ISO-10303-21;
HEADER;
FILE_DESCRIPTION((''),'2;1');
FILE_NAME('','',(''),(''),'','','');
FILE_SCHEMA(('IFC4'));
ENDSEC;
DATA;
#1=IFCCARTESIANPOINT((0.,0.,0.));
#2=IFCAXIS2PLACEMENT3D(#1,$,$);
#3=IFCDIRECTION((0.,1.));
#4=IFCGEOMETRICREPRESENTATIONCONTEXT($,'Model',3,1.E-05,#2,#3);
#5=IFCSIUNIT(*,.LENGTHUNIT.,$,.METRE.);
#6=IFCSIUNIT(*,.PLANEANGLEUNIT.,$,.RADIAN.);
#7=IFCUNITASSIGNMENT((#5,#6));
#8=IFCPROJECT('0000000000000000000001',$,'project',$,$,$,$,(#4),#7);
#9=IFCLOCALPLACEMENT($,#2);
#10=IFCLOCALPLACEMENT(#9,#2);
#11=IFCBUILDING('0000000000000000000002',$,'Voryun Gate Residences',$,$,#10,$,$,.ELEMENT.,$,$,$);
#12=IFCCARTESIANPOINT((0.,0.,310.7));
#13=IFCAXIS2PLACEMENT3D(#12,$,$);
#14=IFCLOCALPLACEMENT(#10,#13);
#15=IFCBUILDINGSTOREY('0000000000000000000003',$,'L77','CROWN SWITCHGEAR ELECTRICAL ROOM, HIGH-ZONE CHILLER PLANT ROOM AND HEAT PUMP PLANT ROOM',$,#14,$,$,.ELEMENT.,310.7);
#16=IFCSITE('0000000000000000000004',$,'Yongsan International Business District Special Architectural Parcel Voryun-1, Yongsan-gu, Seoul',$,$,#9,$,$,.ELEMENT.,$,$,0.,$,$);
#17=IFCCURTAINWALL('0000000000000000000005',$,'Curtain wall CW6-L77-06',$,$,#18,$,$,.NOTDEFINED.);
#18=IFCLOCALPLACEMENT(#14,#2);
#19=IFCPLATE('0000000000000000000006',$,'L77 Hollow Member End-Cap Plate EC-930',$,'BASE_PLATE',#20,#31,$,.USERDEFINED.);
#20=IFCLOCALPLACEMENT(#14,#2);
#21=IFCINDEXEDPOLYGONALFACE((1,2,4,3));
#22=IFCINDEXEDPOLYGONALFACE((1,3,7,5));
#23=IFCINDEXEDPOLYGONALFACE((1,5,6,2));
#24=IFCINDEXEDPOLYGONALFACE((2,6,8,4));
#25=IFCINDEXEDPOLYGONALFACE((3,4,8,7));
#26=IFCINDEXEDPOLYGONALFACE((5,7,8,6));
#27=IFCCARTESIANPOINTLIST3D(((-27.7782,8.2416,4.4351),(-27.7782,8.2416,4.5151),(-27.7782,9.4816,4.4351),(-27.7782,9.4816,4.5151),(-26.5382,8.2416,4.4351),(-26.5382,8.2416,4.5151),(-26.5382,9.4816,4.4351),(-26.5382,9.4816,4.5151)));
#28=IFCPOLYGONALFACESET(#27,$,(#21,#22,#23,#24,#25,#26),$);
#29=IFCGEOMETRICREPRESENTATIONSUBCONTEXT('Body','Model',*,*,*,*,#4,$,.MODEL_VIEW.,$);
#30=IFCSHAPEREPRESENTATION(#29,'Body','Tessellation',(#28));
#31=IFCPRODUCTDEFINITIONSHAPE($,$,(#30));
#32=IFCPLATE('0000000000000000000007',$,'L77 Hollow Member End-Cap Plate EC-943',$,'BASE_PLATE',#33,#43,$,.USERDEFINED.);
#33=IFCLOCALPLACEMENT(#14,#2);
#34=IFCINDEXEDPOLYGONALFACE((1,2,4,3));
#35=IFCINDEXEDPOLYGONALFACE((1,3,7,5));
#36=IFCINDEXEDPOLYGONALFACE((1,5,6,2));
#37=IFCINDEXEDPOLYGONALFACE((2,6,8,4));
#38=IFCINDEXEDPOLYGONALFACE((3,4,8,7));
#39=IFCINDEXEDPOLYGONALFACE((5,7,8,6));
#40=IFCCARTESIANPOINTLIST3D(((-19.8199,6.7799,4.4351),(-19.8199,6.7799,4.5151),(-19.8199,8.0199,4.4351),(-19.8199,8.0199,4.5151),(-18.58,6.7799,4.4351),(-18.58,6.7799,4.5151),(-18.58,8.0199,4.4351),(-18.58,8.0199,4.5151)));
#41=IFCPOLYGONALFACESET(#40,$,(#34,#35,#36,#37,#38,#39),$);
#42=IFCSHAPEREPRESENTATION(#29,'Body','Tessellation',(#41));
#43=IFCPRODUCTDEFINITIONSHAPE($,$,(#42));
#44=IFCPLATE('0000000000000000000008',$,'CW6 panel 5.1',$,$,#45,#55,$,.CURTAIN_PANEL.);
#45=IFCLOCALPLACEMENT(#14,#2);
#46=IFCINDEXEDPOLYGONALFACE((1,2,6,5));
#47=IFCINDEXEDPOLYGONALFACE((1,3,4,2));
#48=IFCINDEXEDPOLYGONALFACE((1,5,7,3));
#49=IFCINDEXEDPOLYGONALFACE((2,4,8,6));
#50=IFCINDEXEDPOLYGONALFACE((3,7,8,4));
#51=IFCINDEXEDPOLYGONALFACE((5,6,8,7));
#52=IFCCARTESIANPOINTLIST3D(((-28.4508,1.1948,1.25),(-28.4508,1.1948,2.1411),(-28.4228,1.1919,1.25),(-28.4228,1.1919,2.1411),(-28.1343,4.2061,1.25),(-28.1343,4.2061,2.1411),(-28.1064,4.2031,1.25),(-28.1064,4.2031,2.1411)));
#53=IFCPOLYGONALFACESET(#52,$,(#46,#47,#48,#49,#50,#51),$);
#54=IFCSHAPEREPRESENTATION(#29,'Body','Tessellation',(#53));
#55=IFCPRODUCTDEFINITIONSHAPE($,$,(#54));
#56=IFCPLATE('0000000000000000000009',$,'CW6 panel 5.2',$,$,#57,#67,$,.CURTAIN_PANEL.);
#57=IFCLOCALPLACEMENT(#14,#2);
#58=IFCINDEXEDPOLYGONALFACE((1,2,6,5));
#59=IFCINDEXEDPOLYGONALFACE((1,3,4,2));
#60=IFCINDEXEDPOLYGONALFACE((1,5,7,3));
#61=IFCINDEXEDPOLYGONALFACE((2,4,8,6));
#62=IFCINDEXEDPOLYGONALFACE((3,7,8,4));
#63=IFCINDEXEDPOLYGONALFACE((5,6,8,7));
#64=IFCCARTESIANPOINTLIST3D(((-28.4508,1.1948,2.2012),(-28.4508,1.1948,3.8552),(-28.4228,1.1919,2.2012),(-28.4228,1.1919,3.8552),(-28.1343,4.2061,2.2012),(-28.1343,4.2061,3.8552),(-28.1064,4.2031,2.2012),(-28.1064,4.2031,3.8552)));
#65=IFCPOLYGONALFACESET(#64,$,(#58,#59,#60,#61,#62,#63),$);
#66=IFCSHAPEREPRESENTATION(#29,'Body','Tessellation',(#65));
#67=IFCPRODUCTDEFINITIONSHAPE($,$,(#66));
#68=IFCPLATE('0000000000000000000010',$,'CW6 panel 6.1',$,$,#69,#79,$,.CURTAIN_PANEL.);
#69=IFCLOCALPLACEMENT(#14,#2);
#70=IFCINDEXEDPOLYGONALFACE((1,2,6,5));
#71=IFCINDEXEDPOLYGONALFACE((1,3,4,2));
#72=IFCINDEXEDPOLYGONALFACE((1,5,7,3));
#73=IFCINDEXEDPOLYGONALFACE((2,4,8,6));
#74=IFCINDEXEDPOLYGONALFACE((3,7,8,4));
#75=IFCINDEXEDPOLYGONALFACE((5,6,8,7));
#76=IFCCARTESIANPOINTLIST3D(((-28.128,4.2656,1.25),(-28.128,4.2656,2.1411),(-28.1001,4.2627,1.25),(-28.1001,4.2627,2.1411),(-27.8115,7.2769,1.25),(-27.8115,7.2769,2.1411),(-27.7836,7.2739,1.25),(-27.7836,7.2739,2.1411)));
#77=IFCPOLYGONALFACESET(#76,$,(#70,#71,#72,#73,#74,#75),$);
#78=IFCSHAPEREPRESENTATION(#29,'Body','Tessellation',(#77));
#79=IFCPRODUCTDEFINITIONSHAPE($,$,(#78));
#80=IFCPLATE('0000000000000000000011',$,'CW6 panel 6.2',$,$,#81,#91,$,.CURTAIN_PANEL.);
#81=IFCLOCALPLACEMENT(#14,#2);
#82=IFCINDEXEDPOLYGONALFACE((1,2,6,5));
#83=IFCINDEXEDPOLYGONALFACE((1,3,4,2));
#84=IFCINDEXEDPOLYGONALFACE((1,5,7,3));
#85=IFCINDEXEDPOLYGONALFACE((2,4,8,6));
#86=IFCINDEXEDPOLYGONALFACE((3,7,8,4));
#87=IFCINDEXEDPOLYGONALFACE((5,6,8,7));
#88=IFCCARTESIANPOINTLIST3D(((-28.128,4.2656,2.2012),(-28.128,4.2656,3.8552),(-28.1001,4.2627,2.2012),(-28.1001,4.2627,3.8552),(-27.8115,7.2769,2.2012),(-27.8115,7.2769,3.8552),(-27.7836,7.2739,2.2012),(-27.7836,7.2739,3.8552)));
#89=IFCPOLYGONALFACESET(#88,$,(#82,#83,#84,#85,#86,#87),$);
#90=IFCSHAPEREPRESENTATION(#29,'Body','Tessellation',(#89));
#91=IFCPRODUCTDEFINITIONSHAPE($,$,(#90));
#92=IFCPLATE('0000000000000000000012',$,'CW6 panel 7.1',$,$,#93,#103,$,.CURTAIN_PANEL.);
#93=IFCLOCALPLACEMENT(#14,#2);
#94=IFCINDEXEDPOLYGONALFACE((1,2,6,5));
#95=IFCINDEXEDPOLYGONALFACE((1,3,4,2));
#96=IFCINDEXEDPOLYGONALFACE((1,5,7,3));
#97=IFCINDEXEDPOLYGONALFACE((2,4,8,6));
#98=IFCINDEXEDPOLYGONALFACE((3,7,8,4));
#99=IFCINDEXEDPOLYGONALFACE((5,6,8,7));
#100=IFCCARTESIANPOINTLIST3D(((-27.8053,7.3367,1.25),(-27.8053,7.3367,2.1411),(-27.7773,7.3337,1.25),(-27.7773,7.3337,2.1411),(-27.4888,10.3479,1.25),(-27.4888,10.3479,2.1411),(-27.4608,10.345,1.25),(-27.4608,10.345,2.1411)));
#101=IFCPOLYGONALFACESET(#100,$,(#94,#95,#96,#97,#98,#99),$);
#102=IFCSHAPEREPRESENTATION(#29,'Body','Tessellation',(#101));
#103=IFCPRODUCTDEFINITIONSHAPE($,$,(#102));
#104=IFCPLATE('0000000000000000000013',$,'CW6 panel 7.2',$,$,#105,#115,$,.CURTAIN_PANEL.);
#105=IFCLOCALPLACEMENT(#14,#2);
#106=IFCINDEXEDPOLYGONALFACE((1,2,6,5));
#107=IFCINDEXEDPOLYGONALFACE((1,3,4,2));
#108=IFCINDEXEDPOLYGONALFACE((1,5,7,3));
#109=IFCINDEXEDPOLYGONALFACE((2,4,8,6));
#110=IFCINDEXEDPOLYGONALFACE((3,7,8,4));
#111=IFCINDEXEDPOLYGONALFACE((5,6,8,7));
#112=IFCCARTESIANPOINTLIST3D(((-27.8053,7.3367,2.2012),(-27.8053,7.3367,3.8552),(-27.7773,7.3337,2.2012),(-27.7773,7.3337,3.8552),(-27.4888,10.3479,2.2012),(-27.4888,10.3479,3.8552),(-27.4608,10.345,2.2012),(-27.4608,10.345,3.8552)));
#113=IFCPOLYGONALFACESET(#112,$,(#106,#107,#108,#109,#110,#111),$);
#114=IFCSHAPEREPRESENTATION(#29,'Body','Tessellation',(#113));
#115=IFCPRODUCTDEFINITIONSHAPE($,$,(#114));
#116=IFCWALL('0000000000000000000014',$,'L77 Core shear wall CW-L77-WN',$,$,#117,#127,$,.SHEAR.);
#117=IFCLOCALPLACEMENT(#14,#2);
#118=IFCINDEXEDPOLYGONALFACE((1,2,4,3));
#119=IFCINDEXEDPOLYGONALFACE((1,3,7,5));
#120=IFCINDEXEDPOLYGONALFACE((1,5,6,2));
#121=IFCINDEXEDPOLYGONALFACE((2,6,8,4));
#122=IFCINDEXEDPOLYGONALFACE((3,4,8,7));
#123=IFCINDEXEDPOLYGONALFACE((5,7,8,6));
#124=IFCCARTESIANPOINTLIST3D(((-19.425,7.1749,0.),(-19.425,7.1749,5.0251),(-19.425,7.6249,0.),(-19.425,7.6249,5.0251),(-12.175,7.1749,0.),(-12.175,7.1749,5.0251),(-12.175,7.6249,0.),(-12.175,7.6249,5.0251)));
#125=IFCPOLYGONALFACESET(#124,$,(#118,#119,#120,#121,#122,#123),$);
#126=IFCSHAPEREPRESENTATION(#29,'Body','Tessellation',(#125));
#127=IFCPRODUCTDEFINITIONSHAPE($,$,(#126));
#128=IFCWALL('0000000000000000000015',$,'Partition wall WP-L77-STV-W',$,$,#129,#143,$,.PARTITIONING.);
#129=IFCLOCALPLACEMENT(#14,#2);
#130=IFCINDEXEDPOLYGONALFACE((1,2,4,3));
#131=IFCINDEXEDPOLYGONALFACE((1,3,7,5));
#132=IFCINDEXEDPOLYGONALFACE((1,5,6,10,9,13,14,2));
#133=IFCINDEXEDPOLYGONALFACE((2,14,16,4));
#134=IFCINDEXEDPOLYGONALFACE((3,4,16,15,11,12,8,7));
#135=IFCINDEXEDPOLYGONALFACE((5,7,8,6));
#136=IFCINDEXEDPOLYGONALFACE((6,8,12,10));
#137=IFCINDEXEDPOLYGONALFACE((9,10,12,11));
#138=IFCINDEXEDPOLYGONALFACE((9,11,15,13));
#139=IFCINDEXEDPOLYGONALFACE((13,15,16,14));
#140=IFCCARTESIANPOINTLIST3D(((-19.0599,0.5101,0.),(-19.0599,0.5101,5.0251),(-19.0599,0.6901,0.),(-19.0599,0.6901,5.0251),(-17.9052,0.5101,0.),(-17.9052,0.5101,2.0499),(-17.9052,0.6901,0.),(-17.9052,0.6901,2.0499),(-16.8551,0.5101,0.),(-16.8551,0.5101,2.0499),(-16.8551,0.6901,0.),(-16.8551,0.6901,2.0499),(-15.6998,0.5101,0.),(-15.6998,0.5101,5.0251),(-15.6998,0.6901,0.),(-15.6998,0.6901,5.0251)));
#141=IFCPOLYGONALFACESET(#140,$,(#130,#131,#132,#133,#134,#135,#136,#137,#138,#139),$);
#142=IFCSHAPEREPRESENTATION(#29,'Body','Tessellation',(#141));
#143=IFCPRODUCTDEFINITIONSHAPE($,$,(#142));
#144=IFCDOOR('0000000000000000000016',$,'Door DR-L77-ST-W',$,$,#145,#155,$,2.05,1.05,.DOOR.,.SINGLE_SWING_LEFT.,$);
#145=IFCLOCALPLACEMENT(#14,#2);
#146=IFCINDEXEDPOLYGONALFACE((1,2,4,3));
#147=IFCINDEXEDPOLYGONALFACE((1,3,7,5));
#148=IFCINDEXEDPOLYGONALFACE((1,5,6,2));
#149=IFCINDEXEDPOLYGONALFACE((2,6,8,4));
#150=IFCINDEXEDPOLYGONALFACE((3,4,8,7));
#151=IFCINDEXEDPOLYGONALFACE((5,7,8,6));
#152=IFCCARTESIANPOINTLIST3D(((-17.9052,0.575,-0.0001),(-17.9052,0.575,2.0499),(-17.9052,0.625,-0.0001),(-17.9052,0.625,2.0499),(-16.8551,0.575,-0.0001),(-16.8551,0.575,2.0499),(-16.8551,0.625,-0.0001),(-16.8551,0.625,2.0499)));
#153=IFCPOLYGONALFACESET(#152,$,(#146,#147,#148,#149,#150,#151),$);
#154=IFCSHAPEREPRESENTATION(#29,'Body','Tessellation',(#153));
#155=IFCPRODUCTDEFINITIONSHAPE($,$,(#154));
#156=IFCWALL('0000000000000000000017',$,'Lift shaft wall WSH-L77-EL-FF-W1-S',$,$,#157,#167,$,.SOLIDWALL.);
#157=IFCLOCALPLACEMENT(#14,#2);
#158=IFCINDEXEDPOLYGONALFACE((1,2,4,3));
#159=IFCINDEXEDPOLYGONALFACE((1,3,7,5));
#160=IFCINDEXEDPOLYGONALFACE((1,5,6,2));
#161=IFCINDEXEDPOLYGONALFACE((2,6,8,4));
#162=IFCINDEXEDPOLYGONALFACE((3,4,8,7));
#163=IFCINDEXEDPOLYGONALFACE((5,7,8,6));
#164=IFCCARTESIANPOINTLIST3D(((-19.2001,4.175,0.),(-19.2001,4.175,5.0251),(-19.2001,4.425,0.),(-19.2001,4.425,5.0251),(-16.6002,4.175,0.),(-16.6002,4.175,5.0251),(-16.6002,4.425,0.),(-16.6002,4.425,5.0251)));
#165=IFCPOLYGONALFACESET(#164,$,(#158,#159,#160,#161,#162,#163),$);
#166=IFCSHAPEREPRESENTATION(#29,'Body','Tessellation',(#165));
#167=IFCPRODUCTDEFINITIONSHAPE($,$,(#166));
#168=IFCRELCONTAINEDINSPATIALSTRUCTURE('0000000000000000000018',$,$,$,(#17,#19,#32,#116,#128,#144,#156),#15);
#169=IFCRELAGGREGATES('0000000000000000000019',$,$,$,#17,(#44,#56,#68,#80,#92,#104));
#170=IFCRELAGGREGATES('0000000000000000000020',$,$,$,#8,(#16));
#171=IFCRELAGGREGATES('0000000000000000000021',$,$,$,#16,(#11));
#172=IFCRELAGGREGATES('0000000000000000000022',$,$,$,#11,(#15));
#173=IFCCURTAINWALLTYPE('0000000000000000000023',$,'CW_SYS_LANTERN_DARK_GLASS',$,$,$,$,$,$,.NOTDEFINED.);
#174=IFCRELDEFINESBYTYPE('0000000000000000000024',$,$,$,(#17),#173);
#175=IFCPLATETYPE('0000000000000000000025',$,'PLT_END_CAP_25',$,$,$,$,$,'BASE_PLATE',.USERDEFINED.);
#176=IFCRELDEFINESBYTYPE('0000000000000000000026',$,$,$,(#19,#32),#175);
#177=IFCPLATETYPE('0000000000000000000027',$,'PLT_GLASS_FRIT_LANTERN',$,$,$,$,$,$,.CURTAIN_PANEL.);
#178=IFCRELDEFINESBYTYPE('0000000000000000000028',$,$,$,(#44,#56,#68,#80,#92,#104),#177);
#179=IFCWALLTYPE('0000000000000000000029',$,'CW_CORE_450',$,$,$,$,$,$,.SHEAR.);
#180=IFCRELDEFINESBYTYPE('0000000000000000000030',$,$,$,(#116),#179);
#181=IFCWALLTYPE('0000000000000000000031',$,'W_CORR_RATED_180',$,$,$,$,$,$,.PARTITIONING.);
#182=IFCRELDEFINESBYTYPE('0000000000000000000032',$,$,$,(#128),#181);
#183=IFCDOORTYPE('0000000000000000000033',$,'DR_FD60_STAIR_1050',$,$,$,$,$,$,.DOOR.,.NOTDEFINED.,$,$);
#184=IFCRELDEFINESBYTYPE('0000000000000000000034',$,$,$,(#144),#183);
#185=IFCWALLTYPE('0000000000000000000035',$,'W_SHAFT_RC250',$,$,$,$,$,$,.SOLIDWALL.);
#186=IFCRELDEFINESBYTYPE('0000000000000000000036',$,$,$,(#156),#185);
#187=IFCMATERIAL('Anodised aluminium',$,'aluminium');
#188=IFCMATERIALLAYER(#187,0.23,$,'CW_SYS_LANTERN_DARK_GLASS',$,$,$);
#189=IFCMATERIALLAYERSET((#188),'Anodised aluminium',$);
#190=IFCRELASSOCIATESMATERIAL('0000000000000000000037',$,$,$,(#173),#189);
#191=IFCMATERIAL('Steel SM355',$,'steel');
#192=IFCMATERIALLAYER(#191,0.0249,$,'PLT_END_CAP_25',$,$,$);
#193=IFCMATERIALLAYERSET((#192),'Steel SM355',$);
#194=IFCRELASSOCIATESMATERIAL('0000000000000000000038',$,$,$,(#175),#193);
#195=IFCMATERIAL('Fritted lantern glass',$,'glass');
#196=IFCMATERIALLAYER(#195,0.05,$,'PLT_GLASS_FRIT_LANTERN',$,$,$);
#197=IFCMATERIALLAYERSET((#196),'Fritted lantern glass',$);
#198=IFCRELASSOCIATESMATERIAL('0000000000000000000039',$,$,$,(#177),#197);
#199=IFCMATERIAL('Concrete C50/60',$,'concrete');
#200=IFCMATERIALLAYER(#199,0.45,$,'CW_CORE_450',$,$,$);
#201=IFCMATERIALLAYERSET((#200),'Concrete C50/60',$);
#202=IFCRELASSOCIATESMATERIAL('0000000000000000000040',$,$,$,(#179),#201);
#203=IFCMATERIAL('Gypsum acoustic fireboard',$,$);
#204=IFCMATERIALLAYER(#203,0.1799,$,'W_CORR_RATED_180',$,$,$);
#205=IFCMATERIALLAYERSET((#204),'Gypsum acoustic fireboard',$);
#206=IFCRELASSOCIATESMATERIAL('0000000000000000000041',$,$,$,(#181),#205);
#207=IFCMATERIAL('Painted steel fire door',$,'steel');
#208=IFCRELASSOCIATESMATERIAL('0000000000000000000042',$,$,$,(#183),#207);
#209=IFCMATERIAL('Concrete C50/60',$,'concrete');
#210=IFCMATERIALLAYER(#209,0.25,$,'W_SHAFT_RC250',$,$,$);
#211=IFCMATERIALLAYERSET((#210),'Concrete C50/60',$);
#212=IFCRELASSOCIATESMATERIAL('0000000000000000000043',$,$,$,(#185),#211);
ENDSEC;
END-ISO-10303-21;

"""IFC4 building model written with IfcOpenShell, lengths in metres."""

from ifc_helpers import new_model, si_unit, direction, frame, frame_2d, origin, origin_2d, place, context, subcontext, project, spatial, rectangle, extrude, material, layer, layer_set, type_object, element, fill, aggregate, save


model = new_model("IFC4")

# Units and contexts
model_context = context("Model", 3, precision=1e-05, world=origin(), true_north=direction((0.0, 1.0)))
body_context = subcontext(model_context, "Body", "Model", "MODEL_VIEW")
ifc_project = project(units=[si_unit("LENGTHUNIT", "METRE"), si_unit("PLANEANGLEUNIT", "RADIAN")], contexts=[model_context])

# Site, building, storey
site_placement = place(None, origin())
site = spatial("IfcSite", under=ifc_project, at=site_placement, Name="Yongsan International Business District Special Architectural Parcel Voryun-1, Yongsan-gu, Seoul", CompositionType="ELEMENT", RefElevation=0.0)
building_placement = place(site_placement, origin())
building = spatial("IfcBuilding", under=site, at=building_placement, Name="Voryun Gate Residences", CompositionType="ELEMENT")
storey_placement = place(building_placement, frame((0.0, 0.0, 310.7)))
storey = spatial("IfcBuildingStorey", under=building, at=storey_placement, Name="L77", Description="CROWN SWITCHGEAR ELECTRICAL ROOM, HIGH-ZONE CHILLER PLANT ROOM AND HEAT PUMP PLANT ROOM", CompositionType="ELEMENT", Elevation=310.7)

# Curtain wall
ifc_material_1 = material(Name="Anodised aluminium", Category="aluminium")
ifc_layer_1 = layer(ifc_material_1, 0.23, Name="CW_SYS_LANTERN_DARK_GLASS")
ifc_layer_set_1 = layer_set([ifc_layer_1], Name="Anodised aluminium")
curtain_wall_type = type_object("IfcCurtainWallType", Name="CW_SYS_LANTERN_DARK_GLASS", PredefinedType="NOTDEFINED", material=ifc_layer_set_1)
curtain_wall_placement = place(storey_placement, origin())
curtain_wall = element("IfcCurtainWall", 1, at=curtain_wall_placement, inside=storey, type_object=curtain_wall_type, Name="Curtain wall CW6-L77-06", PredefinedType="NOTDEFINED")

# Plates
ifc_material_2 = material(Name="Steel SM355", Category="steel")
ifc_layer_2 = layer(ifc_material_2, 0.0249, Name="PLT_END_CAP_25")
ifc_layer_set_2 = layer_set([ifc_layer_2], Name="Steel SM355")
plate_type_1 = type_object("IfcPlateType", Name="PLT_END_CAP_25", ElementType="BASE_PLATE", PredefinedType="USERDEFINED", material=ifc_layer_set_2)
for number, where, z_axis, x_axis, name in (
    (2, (-27.1582, 8.8616, 4.4351), (0.0, 0.0, 1.0), (1.0, 0.0, 0.0), "L77 Hollow Member End-Cap Plate EC-930"),
    (3, (-19.2, 7.3999, 4.4351), (0.0, 0.0, 1.0), (1.0, 0.0, 0.0), "L77 Hollow Member End-Cap Plate EC-943"),
):
    element("IfcPlate", number, at=place(storey_placement, frame(where, z_axis=z_axis, x_axis=x_axis)), inside=storey, type_object=plate_type_1, Name=name, ObjectType="BASE_PLATE", PredefinedType="USERDEFINED", context=body_context, shape_type="SweptSolid", body=[
        extrude(rectangle(XDim=1.24, YDim=1.24, at=origin_2d()), origin(), (0.0, 0.0, 1.0), 0.0801),
    ])

# Plates
ifc_material_3 = material(Name="Fritted lantern glass", Category="glass")
ifc_layer_3 = layer(ifc_material_3, 0.05, Name="PLT_GLASS_FRIT_LANTERN")
ifc_layer_set_3 = layer_set([ifc_layer_3], Name="Fritted lantern glass")
plate_type_2 = type_object("IfcPlateType", Name="PLT_GLASS_FRIT_LANTERN", PredefinedType="CURTAIN_PANEL", material=ifc_layer_set_3)
plate_1_placement = place(storey_placement, frame((-28.2786, 2.699, 1.25), z_axis=(0.0, 0.0, 1.0), x_axis=(0.104528, 0.994522, 0.0)))
plate_1 = element("IfcPlate", 4, at=plate_1_placement, type_object=plate_type_2, Name="CW6 panel 5.1", PredefinedType="CURTAIN_PANEL", context=body_context, shape_type="SweptSolid", body=[
    extrude(rectangle(XDim=3.0278, YDim=0.0281, at=origin_2d()), origin(), (0.0, 0.0, 1.0), 0.8911),
])
plate_2_placement = place(storey_placement, frame((-28.2786, 2.699, 2.2012), z_axis=(0.0, 0.0, 1.0), x_axis=(0.104528, 0.994522, 0.0)))
plate_2 = element("IfcPlate", 5, at=plate_2_placement, type_object=plate_type_2, Name="CW6 panel 5.2", PredefinedType="CURTAIN_PANEL", context=body_context, shape_type="SweptSolid", body=[
    extrude(rectangle(XDim=3.0278, YDim=0.0281, at=origin_2d()), origin(), (0.0, 0.0, 1.0), 1.6541),
])
plate_3_placement = place(storey_placement, frame((-27.9558, 5.7698, 1.25), z_axis=(0.0, 0.0, 1.0), x_axis=(0.104528, 0.994522, 0.0)))
plate_3 = element("IfcPlate", 6, at=plate_3_placement, type_object=plate_type_2, Name="CW6 panel 6.1", PredefinedType="CURTAIN_PANEL", context=body_context, shape_type="SweptSolid", body=[
    extrude(rectangle(XDim=3.0278, YDim=0.0281, at=origin_2d()), origin(), (0.0, 0.0, 1.0), 0.8911),
])
plate_4_placement = place(storey_placement, frame((-27.9558, 5.7698, 2.2012), z_axis=(0.0, 0.0, 1.0), x_axis=(0.104528, 0.994522, 0.0)))
plate_4 = element("IfcPlate", 7, at=plate_4_placement, type_object=plate_type_2, Name="CW6 panel 6.2", PredefinedType="CURTAIN_PANEL", context=body_context, shape_type="SweptSolid", body=[
    extrude(rectangle(XDim=3.0278, YDim=0.0281, at=origin_2d()), origin(), (0.0, 0.0, 1.0), 1.6541),
])
plate_5_placement = place(storey_placement, frame((-27.6331, 8.8408, 1.25), z_axis=(0.0, 0.0, 1.0), x_axis=(0.104528, 0.994522, 0.0)))
plate_5 = element("IfcPlate", 8, at=plate_5_placement, type_object=plate_type_2, Name="CW6 panel 7.1", PredefinedType="CURTAIN_PANEL", context=body_context, shape_type="SweptSolid", body=[
    extrude(rectangle(XDim=3.0278, YDim=0.0281, at=origin_2d()), origin(), (0.0, 0.0, 1.0), 0.8911),
])
plate_6_placement = place(storey_placement, frame((-27.6331, 8.8408, 2.2012), z_axis=(0.0, 0.0, 1.0), x_axis=(0.104528, 0.994522, 0.0)))
plate_6 = element("IfcPlate", 9, at=plate_6_placement, type_object=plate_type_2, Name="CW6 panel 7.2", PredefinedType="CURTAIN_PANEL", context=body_context, shape_type="SweptSolid", body=[
    extrude(rectangle(XDim=3.0278, YDim=0.0281, at=origin_2d()), origin(), (0.0, 0.0, 1.0), 1.6541),
])
aggregate(curtain_wall, [plate_1, plate_2, plate_3, plate_4, plate_5, plate_6])

# Wall
ifc_material_4 = material(Name="Concrete C50/60", Category="concrete")
ifc_layer_4 = layer(ifc_material_4, 0.45, Name="CW_CORE_450")
ifc_layer_set_4 = layer_set([ifc_layer_4], Name="Concrete C50/60")
wall_type_1 = type_object("IfcWallType", Name="CW_CORE_450", PredefinedType="SHEAR", material=ifc_layer_set_4)
wall_1_placement = place(storey_placement, frame((-19.425, 7.3999, 0.0), z_axis=(0.0, 0.0, 1.0), x_axis=(1.0, 0.0, 0.0)))
element("IfcWall", 10, at=wall_1_placement, inside=storey, type_object=wall_type_1, Name="L77 Core shear wall CW-L77-WN", PredefinedType="SHEAR", context=body_context, shape_type="SweptSolid", body=[
    extrude(rectangle(XDim=7.25, YDim=0.45, at=frame_2d((3.625, 0.0))), origin(), (0.0, 0.0, 1.0), 5.0251),
])

# Wall, opening, door
ifc_material_5 = material(Name="Gypsum acoustic fireboard")
ifc_layer_5 = layer(ifc_material_5, 0.1799, Name="W_CORR_RATED_180")
ifc_layer_set_5 = layer_set([ifc_layer_5], Name="Gypsum acoustic fireboard")
wall_type_2 = type_object("IfcWallType", Name="W_CORR_RATED_180", PredefinedType="PARTITIONING", material=ifc_layer_set_5)
wall_2_placement = place(storey_placement, frame((-19.0601, 0.6001, 0.0), z_axis=(0.0, 0.0, 1.0), x_axis=(1.0, 0.0, 0.0)))
wall_2 = element("IfcWall", 11, at=wall_2_placement, inside=storey, type_object=wall_type_2, Name="Partition wall WP-L77-STV-W", PredefinedType="PARTITIONING", context=body_context, shape_type="SweptSolid", body=[
    extrude(rectangle(XDim=3.3601, YDim=0.1799, at=frame_2d((1.6802, 0.0))), origin(), (0.0, 0.0, 1.0), 5.0251),
])
opening_placement = place(wall_2_placement, frame((1.155, 0.0, 0.0)))
opening = element("IfcOpeningElement", 12, at=opening_placement, cuts=wall_2, PredefinedType="OPENING", context=body_context, shape_type="SweptSolid", body=[
    extrude(rectangle(XDim=1.05, YDim=2.05, at=frame_2d((0.5249, 1.0249))), frame((0.0, 0.0999, 0.0), z_axis=(0.0, -1.0, 0.0), x_axis=(1.0, 0.0, 0.0)), (0.0, 0.0, 1.0), 0.2),
])
ifc_material_6 = material(Name="Painted steel fire door", Category="steel")
door_type = type_object("IfcDoorType", Name="DR_FD60_STAIR_1050", OperationType="NOTDEFINED", PredefinedType="DOOR", material=ifc_material_6)
door_placement = place(opening_placement, origin())
door = element("IfcDoor", 13, at=door_placement, inside=storey, type_object=door_type, Name="Door DR-L77-ST-W", OperationType="SINGLE_SWING_LEFT", OverallHeight=2.05, OverallWidth=1.05, PredefinedType="DOOR", context=body_context, shape_type="SweptSolid", body=[
    extrude(rectangle(XDim=1.05, YDim=2.05, at=frame_2d((0.5249, 1.0249))), frame((0.0, 0.0249, 0.0), z_axis=(0.0, -1.0, 0.0), x_axis=(1.0, 0.0, 0.0)), (0.0, 0.0, 1.0), 0.05),
])
fill(opening, door)

# Wall
ifc_material_7 = material(Name="Concrete C50/60", Category="concrete")
ifc_layer_6 = layer(ifc_material_7, 0.25, Name="W_SHAFT_RC250")
ifc_layer_set_6 = layer_set([ifc_layer_6], Name="Concrete C50/60")
wall_type_3 = type_object("IfcWallType", Name="W_SHAFT_RC250", PredefinedType="SOLIDWALL", material=ifc_layer_set_6)
wall_3_placement = place(storey_placement, frame((-19.2, 4.3, 0.0), z_axis=(0.0, 0.0, 1.0), x_axis=(1.0, 0.0, 0.0)))
element("IfcWall", 14, at=wall_3_placement, inside=storey, type_object=wall_type_3, Name="Lift shaft wall WSH-L77-EL-FF-W1-S", PredefinedType="SOLIDWALL", context=body_context, shape_type="SweptSolid", body=[
    extrude(rectangle(XDim=2.5999, YDim=0.25, at=frame_2d((1.2998, 0.0))), origin(), (0.0, 0.0, 1.0), 5.0251),
])

save(model, "model.ifc")
